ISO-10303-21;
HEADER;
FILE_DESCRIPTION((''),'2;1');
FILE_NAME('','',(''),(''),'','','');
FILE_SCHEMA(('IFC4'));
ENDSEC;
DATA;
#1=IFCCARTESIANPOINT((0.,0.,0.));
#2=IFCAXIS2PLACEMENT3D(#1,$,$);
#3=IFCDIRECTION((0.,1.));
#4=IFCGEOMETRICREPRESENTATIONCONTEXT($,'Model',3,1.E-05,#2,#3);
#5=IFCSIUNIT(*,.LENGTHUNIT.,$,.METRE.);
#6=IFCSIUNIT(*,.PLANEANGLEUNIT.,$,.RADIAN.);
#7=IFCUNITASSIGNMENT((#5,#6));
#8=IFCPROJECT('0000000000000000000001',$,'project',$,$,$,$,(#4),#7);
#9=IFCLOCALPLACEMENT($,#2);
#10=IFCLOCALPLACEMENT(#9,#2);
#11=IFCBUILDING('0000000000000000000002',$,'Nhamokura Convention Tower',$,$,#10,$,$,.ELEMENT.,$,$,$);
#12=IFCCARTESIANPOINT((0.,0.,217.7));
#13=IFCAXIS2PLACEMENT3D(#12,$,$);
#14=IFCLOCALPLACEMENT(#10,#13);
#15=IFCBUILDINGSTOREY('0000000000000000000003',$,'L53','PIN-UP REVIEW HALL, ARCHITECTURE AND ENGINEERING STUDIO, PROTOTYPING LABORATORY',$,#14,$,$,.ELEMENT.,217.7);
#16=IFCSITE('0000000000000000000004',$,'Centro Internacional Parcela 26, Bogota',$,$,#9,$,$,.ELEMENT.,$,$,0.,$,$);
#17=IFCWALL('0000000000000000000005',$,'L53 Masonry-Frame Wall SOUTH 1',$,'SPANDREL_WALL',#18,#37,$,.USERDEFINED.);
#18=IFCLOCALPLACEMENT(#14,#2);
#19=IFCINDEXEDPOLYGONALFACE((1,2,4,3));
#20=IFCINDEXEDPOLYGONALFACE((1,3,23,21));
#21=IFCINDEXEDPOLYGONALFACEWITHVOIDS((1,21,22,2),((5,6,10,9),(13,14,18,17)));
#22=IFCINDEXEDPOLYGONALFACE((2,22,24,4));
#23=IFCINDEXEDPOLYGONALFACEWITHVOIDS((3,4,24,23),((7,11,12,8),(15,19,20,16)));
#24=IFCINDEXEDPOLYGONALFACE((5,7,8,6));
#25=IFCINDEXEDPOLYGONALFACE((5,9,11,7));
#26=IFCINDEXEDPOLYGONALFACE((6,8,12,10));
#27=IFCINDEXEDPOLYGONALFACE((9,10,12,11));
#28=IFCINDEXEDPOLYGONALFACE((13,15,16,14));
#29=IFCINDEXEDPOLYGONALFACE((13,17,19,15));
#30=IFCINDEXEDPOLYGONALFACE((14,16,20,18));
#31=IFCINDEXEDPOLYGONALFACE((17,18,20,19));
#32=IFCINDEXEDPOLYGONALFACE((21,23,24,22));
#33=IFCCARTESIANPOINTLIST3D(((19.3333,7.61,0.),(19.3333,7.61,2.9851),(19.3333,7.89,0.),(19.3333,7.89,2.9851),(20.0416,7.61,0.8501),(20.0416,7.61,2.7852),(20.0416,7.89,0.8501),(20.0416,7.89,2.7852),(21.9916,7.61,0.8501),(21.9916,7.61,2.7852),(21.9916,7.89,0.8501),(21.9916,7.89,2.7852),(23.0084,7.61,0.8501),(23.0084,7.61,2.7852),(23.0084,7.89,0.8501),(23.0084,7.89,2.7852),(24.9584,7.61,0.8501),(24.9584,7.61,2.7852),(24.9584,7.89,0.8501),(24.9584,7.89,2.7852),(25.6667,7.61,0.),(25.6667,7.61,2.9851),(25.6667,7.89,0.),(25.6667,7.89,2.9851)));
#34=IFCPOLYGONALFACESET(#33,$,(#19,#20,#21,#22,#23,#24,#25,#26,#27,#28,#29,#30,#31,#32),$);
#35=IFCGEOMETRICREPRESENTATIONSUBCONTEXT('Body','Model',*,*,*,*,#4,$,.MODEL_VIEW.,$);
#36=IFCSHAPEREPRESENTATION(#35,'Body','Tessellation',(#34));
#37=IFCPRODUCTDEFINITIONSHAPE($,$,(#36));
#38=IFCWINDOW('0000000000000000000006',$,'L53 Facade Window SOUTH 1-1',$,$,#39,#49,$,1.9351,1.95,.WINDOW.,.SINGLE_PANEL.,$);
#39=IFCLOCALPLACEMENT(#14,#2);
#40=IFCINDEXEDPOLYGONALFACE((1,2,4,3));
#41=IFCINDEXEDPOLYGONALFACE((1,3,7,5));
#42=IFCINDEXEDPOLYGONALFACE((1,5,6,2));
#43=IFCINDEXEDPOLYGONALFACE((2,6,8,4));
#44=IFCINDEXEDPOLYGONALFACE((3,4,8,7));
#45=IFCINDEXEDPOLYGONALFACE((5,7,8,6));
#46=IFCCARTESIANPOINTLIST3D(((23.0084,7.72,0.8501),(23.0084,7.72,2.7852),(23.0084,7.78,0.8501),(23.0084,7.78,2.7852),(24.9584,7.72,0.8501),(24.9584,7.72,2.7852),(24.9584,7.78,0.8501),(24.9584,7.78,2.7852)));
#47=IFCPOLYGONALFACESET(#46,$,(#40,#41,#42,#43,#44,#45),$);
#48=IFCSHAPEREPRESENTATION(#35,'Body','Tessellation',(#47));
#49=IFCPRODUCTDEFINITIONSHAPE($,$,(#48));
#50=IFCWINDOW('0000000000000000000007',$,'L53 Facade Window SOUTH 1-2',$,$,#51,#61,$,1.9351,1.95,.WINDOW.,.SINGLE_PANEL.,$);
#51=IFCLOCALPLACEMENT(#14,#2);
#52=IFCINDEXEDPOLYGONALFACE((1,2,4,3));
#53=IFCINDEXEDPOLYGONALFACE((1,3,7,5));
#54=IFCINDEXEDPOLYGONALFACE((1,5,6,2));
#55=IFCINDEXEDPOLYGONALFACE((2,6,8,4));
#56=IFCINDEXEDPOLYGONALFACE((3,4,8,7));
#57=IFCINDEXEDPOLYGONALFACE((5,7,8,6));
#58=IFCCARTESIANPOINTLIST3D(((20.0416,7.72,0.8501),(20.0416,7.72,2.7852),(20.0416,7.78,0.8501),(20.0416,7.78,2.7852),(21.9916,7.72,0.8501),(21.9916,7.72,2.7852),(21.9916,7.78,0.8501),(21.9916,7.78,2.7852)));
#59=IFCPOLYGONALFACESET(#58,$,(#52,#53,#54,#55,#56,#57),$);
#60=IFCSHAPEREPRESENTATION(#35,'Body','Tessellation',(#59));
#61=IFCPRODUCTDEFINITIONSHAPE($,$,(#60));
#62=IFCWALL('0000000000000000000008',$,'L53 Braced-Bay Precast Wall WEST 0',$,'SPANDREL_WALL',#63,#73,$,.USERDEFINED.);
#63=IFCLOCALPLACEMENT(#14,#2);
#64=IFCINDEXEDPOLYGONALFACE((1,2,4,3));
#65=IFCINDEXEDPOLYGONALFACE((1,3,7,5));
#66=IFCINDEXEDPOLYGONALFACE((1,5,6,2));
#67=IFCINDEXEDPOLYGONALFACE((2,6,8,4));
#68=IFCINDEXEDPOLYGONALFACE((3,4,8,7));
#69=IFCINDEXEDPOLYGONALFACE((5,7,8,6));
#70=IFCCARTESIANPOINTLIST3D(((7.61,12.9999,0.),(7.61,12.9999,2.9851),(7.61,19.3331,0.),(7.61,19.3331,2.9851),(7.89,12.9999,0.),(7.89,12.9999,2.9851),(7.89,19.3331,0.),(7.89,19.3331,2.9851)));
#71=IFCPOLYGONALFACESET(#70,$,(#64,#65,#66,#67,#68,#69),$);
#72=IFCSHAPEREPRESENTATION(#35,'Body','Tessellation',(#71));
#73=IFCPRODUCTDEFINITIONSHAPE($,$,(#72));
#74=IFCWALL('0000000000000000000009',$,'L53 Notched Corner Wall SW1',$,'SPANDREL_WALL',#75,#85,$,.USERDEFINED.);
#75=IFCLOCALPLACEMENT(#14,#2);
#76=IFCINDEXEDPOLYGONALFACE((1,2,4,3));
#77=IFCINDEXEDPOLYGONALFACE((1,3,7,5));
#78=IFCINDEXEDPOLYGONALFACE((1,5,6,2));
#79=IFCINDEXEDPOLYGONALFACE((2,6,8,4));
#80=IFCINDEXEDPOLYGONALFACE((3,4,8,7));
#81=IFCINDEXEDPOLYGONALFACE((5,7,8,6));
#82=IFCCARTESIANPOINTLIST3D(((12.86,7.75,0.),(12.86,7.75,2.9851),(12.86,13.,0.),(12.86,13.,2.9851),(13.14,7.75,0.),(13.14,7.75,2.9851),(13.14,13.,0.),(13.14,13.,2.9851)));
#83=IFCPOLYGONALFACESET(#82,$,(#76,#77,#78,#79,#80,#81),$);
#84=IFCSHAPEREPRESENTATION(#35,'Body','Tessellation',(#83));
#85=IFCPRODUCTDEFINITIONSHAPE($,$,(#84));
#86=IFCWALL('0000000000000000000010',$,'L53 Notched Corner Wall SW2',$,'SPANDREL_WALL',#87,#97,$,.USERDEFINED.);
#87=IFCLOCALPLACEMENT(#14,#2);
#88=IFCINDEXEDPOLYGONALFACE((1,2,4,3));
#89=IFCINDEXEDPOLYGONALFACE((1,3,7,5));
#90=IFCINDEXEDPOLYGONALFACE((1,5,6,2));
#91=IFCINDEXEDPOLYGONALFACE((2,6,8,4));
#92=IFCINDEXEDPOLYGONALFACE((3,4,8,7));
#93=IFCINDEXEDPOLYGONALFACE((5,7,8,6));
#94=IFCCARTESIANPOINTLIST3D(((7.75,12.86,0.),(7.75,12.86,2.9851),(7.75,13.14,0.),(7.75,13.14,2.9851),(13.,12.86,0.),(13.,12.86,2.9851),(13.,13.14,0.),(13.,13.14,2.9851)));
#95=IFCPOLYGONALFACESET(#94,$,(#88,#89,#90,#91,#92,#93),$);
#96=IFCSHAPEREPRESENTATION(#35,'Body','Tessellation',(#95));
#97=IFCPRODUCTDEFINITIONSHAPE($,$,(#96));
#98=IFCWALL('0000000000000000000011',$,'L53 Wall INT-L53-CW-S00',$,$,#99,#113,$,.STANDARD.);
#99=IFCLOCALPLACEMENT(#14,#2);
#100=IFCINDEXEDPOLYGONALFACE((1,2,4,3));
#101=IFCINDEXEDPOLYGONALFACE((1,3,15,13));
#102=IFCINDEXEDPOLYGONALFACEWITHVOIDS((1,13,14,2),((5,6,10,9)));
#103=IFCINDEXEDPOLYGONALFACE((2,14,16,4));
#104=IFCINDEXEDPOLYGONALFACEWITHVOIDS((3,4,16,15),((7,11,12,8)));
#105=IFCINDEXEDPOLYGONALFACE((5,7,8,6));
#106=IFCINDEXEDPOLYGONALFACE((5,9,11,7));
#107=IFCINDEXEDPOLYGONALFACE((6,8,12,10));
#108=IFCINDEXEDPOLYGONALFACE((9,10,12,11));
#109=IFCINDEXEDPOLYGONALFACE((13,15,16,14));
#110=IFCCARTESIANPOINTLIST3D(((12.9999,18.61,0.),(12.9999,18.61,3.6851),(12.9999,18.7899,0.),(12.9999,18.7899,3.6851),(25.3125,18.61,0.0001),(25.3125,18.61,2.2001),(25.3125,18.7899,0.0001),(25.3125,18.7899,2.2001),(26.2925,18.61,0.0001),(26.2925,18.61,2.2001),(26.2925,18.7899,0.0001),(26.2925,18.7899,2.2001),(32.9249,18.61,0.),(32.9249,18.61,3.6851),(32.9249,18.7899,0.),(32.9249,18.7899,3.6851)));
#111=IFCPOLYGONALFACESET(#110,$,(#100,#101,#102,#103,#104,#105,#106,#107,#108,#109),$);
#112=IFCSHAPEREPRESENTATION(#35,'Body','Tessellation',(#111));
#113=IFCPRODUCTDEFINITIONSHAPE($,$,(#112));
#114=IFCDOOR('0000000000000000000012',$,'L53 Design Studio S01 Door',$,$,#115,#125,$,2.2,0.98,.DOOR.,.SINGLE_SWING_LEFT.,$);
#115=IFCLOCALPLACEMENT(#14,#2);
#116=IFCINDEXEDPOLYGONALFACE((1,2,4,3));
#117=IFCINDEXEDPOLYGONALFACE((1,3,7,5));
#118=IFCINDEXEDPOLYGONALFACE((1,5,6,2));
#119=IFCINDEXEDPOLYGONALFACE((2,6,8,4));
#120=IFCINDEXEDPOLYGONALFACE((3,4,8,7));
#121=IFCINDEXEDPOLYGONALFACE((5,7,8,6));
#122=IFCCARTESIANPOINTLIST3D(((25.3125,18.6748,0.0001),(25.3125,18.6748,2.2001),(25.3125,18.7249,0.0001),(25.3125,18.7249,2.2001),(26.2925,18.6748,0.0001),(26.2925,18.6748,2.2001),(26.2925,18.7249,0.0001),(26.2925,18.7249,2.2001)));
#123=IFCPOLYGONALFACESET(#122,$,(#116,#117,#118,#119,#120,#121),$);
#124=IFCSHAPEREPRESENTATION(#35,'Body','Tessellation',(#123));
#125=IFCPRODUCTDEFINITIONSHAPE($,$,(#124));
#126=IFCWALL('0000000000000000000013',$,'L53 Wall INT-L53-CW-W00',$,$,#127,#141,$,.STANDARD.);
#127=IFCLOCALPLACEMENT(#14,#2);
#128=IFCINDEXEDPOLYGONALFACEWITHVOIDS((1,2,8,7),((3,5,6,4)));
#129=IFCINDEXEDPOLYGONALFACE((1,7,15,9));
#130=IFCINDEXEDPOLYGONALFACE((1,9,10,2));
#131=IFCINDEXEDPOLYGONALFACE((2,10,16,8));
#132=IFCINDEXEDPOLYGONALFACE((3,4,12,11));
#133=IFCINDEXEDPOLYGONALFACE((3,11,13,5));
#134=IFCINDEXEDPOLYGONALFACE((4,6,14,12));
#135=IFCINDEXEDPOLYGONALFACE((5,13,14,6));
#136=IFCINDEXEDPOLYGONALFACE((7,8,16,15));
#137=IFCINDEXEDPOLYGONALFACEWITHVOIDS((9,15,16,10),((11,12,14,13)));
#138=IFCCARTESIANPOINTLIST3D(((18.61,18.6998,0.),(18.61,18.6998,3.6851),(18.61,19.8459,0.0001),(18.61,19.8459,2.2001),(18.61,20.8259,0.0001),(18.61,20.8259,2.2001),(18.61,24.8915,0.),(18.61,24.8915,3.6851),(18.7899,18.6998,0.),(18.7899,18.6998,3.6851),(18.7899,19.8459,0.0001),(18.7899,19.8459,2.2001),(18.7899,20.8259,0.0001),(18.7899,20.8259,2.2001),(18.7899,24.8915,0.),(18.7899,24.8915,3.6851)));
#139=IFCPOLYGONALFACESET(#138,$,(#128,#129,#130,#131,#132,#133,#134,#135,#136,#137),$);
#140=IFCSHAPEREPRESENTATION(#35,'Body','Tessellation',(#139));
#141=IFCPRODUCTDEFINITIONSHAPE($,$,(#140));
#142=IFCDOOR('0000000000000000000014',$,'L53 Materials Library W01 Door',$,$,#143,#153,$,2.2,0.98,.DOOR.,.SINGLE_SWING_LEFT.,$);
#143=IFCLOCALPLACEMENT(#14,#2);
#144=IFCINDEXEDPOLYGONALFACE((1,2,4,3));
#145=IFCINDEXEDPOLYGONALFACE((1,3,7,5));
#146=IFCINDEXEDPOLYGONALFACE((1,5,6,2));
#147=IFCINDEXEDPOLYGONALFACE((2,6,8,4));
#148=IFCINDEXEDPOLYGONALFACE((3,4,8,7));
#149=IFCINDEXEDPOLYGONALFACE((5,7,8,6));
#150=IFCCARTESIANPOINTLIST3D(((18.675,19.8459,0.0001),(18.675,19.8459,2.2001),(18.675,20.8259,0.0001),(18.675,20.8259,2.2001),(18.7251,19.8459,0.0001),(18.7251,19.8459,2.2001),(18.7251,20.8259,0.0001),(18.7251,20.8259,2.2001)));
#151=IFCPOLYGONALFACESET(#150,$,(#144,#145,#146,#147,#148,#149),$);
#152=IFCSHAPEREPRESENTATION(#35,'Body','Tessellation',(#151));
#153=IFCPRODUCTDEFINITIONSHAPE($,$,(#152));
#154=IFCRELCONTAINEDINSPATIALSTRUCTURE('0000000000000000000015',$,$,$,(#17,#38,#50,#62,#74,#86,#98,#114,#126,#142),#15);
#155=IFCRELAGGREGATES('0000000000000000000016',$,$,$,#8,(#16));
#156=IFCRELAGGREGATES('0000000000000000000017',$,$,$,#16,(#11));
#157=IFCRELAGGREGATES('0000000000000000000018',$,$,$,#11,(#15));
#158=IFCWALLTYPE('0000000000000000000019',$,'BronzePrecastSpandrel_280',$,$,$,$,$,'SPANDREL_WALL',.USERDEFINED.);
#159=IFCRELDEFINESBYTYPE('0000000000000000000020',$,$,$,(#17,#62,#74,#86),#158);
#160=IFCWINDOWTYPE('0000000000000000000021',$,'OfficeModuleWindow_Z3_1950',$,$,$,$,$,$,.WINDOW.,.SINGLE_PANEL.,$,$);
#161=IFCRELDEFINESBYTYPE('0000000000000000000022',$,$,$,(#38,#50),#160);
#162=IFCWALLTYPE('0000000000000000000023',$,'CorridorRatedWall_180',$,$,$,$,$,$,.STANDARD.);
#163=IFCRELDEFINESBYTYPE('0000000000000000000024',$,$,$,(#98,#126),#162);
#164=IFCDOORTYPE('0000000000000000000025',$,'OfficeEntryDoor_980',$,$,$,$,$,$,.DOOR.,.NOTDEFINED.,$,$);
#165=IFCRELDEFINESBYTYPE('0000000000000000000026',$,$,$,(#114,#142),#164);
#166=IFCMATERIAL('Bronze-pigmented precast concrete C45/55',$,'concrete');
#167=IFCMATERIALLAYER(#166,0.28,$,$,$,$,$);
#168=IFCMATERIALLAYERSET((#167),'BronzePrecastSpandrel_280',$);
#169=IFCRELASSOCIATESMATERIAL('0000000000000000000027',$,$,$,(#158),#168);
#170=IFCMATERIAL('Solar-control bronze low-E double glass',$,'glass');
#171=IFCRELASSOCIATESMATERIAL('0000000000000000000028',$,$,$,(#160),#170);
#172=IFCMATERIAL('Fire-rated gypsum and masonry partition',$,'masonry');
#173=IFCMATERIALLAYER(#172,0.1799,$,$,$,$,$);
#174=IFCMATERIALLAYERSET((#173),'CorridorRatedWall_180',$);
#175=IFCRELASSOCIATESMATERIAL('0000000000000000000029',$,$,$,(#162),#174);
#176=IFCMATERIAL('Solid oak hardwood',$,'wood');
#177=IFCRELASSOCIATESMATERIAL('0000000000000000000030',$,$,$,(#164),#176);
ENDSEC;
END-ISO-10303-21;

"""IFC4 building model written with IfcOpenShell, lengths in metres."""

from ifc_helpers import new_model, si_unit, direction, frame, frame_2d, origin, place, context, subcontext, project, spatial, rectangle, extrude, material, layer, layer_set, type_object, element, fill, save


model = new_model("IFC4")

# Units and contexts
model_context = context("Model", 3, precision=1e-05, world=origin(), true_north=direction((0.0, 1.0)))
body_context = subcontext(model_context, "Body", "Model", "MODEL_VIEW")
ifc_project = project(units=[si_unit("LENGTHUNIT", "METRE"), si_unit("PLANEANGLEUNIT", "RADIAN")], contexts=[model_context])

# Site, building, storey
site_placement = place(None, origin())
site = spatial("IfcSite", under=ifc_project, at=site_placement, Name="Centro Internacional Parcela 26, Bogota", CompositionType="ELEMENT", RefElevation=0.0)
building_placement = place(site_placement, origin())
building = spatial("IfcBuilding", under=site, at=building_placement, Name="Nhamokura Convention Tower", CompositionType="ELEMENT")
storey_placement = place(building_placement, frame((0.0, 0.0, 217.7)))
storey = spatial("IfcBuildingStorey", under=building, at=storey_placement, Name="L53", Description="PIN-UP REVIEW HALL, ARCHITECTURE AND ENGINEERING STUDIO, PROTOTYPING LABORATORY", CompositionType="ELEMENT", Elevation=217.7)

# Shared definitions
ifc_material_1 = material(Name="Bronze-pigmented precast concrete C45/55", Category="concrete")
ifc_layer_1 = layer(ifc_material_1, 0.28)
ifc_layer_set_1 = layer_set([ifc_layer_1], Name="BronzePrecastSpandrel_280")
wall_type_1 = type_object("IfcWallType", Name="BronzePrecastSpandrel_280", ElementType="SPANDREL_WALL", PredefinedType="USERDEFINED", material=ifc_layer_set_1)

# Wall, openings, windows
wall_1_placement = place(storey_placement, frame((25.6667, 7.75, 0.0), z_axis=(0.0, 0.0, 1.0), x_axis=(-1.0, 0.0, 0.0)))
wall_1 = element("IfcWall", 1, at=wall_1_placement, inside=storey, type_object=wall_type_1, Name="L53 Masonry-Frame Wall SOUTH 1", ObjectType="SPANDREL_WALL", PredefinedType="USERDEFINED", context=body_context, shape_type="SweptSolid", body=[
    extrude(rectangle(XDim=6.3335, YDim=0.28, at=frame_2d((3.1667, 0.0))), origin(), (0.0, 0.0, 1.0), 2.9851),
])
opening_1_placement = place(wall_1_placement, frame((0.7083, 0.0, 0.8501)))
opening_1 = element("IfcOpeningElement", 2, at=opening_1_placement, cuts=wall_1, PredefinedType="OPENING", context=body_context, shape_type="SweptSolid", body=[
    extrude(rectangle(XDim=1.95, YDim=1.9351, at=frame_2d((0.9751, 0.9675))), frame((0.0, 0.1499, 0.0), z_axis=(0.0, -1.0, 0.0), x_axis=(1.0, 0.0, 0.0)), (0.0, 0.0, 1.0), 0.3),
])
opening_2_placement = place(wall_1_placement, frame((3.675, 0.0, 0.8501)))
opening_2 = element("IfcOpeningElement", 3, at=opening_2_placement, cuts=wall_1, PredefinedType="OPENING", context=body_context, shape_type="SweptSolid", body=[
    extrude(rectangle(XDim=1.95, YDim=1.9351, at=frame_2d((0.9751, 0.9675))), frame((0.0, 0.1499, 0.0), z_axis=(0.0, -1.0, 0.0), x_axis=(1.0, 0.0, 0.0)), (0.0, 0.0, 1.0), 0.3),
])
ifc_material_2 = material(Name="Solar-control bronze low-E double glass", Category="glass")
window_type = type_object("IfcWindowType", Name="OfficeModuleWindow_Z3_1950", PartitioningType="SINGLE_PANEL", PredefinedType="WINDOW", material=ifc_material_2)
window_1_placement = place(opening_1_placement, origin())
window_1 = element("IfcWindow", 4, at=window_1_placement, inside=storey, type_object=window_type, Name="L53 Facade Window SOUTH 1-1", OverallHeight=1.9351, OverallWidth=1.95, PartitioningType="SINGLE_PANEL", PredefinedType="WINDOW", context=body_context, shape_type="SweptSolid", body=[
    extrude(rectangle(XDim=1.95, YDim=1.9351, at=frame_2d((0.9751, 0.9675))), frame((0.0, 0.03, 0.0), z_axis=(0.0, -1.0, 0.0), x_axis=(1.0, 0.0, 0.0)), (0.0, 0.0, 1.0), 0.0601),
])
fill(opening_1, window_1)
window_2_placement = place(opening_2_placement, origin())
window_2 = element("IfcWindow", 5, at=window_2_placement, inside=storey, type_object=window_type, Name="L53 Facade Window SOUTH 1-2", OverallHeight=1.9351, OverallWidth=1.95, PartitioningType="SINGLE_PANEL", PredefinedType="WINDOW", context=body_context, shape_type="SweptSolid", body=[
    extrude(rectangle(XDim=1.95, YDim=1.9351, at=frame_2d((0.9751, 0.9675))), frame((0.0, 0.03, 0.0), z_axis=(0.0, -1.0, 0.0), x_axis=(1.0, 0.0, 0.0)), (0.0, 0.0, 1.0), 0.0601),
])
fill(opening_2, window_2)

# Walls
wall_2_placement = place(storey_placement, frame((7.75, 13.0, 0.0), z_axis=(0.0, 0.0, 1.0), x_axis=(0.0, 1.0, 0.0)))
element("IfcWall", 6, at=wall_2_placement, inside=storey, type_object=wall_type_1, Name="L53 Braced-Bay Precast Wall WEST 0", ObjectType="SPANDREL_WALL", PredefinedType="USERDEFINED", context=body_context, shape_type="SweptSolid", body=[
    extrude(rectangle(XDim=6.3333, YDim=0.28, at=frame_2d((3.1665, 0.0))), origin(), (0.0, 0.0, 1.0), 2.9851),
])
for number, where, z_axis, x_axis, name in (
    (7, (13.0, 7.75, 0.0), (0.0, 0.0, 1.0), (0.0, 1.0, 0.0), "L53 Notched Corner Wall SW1"),
    (8, (13.0, 13.0, 0.0), (0.0, 0.0, 1.0), (-1.0, 0.0, 0.0), "L53 Notched Corner Wall SW2"),
):
    element("IfcWall", number, at=place(storey_placement, frame(where, z_axis=z_axis, x_axis=x_axis)), inside=storey, type_object=wall_type_1, Name=name, ObjectType="SPANDREL_WALL", PredefinedType="USERDEFINED", context=body_context, shape_type="SweptSolid", body=[
        extrude(rectangle(XDim=5.25, YDim=0.28, at=frame_2d((2.625, 0.0))), origin(), (0.0, 0.0, 1.0), 2.9851),
    ])

# Walls, openings, doors
ifc_material_3 = material(Name="Fire-rated gypsum and masonry partition", Category="masonry")
ifc_layer_2 = layer(ifc_material_3, 0.1799)
ifc_layer_set_2 = layer_set([ifc_layer_2], Name="CorridorRatedWall_180")
wall_type_2 = type_object("IfcWallType", Name="CorridorRatedWall_180", PredefinedType="STANDARD", material=ifc_layer_set_2)
wall_3_placement = place(storey_placement, frame((13.0, 18.7, 0.0), z_axis=(0.0, 0.0, 1.0), x_axis=(1.0, 0.0, 0.0)))
wall_3 = element("IfcWall", 9, at=wall_3_placement, inside=storey, type_object=wall_type_2, Name="L53 Wall INT-L53-CW-S00", PredefinedType="STANDARD", context=body_context, shape_type="SweptSolid", body=[
    extrude(rectangle(XDim=19.925, YDim=0.1799, at=frame_2d((9.9624, 0.0))), origin(), (0.0, 0.0, 1.0), 3.6851),
])
opening_3_placement = place(wall_3_placement, frame((12.3125, 0.0, 0.0)))
opening_3 = element("IfcOpeningElement", 10, at=opening_3_placement, cuts=wall_3, PredefinedType="OPENING", context=body_context, shape_type="SweptSolid", body=[
    extrude(rectangle(XDim=0.98, YDim=2.2, at=frame_2d((0.49, 1.1001))), frame((0.0, 0.0999, 0.0), z_axis=(0.0, -1.0, 0.0), x_axis=(1.0, 0.0, 0.0)), (0.0, 0.0, 1.0), 0.2),
])
ifc_material_4 = material(Name="Solid oak hardwood", Category="wood")
door_type = type_object("IfcDoorType", Name="OfficeEntryDoor_980", OperationType="NOTDEFINED", PredefinedType="DOOR", material=ifc_material_4)
door_1_placement = place(opening_3_placement, origin())
door_1 = element("IfcDoor", 11, at=door_1_placement, inside=storey, type_object=door_type, Name="L53 Design Studio S01 Door", OperationType="SINGLE_SWING_LEFT", OverallHeight=2.2, OverallWidth=0.98, PredefinedType="DOOR", context=body_context, shape_type="SweptSolid", body=[
    extrude(rectangle(XDim=0.98, YDim=2.2, at=frame_2d((0.49, 1.1001))), frame((0.0, 0.0249, 0.0), z_axis=(0.0, -1.0, 0.0), x_axis=(1.0, 0.0, 0.0)), (0.0, 0.0, 1.0), 0.05),
])
fill(opening_3, door_1)
wall_4_placement = place(storey_placement, frame((18.7, 18.7, 0.0), z_axis=(0.0, 0.0, 1.0), x_axis=(0.0, 1.0, 0.0)))
wall_4 = element("IfcWall", 12, at=wall_4_placement, inside=storey, type_object=wall_type_2, Name="L53 Wall INT-L53-CW-W00", PredefinedType="STANDARD", context=body_context, shape_type="SweptSolid", body=[
    extrude(rectangle(XDim=6.1917, YDim=0.1799, at=frame_2d((3.0957, 0.0))), origin(), (0.0, 0.0, 1.0), 3.6851),
])
opening_4_placement = place(wall_4_placement, frame((1.146, 0.0, 0.0)))
opening_4 = element("IfcOpeningElement", 13, at=opening_4_placement, cuts=wall_4, PredefinedType="OPENING", context=body_context, shape_type="SweptSolid", body=[
    extrude(rectangle(XDim=0.98, YDim=2.2, at=frame_2d((0.49, 1.1001))), frame((0.0, 0.0999, 0.0), z_axis=(0.0, -1.0, 0.0), x_axis=(1.0, 0.0, 0.0)), (0.0, 0.0, 1.0), 0.2),
])
door_2_placement = place(opening_4_placement, origin())
door_2 = element("IfcDoor", 14, at=door_2_placement, inside=storey, type_object=door_type, Name="L53 Materials Library W01 Door", OperationType="SINGLE_SWING_LEFT", OverallHeight=2.2, OverallWidth=0.98, PredefinedType="DOOR", context=body_context, shape_type="SweptSolid", body=[
    extrude(rectangle(XDim=0.98, YDim=2.2, at=frame_2d((0.49, 1.1001))), frame((0.0, 0.0249, 0.0), z_axis=(0.0, -1.0, 0.0), x_axis=(1.0, 0.0, 0.0)), (0.0, 0.0, 1.0), 0.05),
])
fill(opening_4, door_2)

save(model, "model.ifc")
